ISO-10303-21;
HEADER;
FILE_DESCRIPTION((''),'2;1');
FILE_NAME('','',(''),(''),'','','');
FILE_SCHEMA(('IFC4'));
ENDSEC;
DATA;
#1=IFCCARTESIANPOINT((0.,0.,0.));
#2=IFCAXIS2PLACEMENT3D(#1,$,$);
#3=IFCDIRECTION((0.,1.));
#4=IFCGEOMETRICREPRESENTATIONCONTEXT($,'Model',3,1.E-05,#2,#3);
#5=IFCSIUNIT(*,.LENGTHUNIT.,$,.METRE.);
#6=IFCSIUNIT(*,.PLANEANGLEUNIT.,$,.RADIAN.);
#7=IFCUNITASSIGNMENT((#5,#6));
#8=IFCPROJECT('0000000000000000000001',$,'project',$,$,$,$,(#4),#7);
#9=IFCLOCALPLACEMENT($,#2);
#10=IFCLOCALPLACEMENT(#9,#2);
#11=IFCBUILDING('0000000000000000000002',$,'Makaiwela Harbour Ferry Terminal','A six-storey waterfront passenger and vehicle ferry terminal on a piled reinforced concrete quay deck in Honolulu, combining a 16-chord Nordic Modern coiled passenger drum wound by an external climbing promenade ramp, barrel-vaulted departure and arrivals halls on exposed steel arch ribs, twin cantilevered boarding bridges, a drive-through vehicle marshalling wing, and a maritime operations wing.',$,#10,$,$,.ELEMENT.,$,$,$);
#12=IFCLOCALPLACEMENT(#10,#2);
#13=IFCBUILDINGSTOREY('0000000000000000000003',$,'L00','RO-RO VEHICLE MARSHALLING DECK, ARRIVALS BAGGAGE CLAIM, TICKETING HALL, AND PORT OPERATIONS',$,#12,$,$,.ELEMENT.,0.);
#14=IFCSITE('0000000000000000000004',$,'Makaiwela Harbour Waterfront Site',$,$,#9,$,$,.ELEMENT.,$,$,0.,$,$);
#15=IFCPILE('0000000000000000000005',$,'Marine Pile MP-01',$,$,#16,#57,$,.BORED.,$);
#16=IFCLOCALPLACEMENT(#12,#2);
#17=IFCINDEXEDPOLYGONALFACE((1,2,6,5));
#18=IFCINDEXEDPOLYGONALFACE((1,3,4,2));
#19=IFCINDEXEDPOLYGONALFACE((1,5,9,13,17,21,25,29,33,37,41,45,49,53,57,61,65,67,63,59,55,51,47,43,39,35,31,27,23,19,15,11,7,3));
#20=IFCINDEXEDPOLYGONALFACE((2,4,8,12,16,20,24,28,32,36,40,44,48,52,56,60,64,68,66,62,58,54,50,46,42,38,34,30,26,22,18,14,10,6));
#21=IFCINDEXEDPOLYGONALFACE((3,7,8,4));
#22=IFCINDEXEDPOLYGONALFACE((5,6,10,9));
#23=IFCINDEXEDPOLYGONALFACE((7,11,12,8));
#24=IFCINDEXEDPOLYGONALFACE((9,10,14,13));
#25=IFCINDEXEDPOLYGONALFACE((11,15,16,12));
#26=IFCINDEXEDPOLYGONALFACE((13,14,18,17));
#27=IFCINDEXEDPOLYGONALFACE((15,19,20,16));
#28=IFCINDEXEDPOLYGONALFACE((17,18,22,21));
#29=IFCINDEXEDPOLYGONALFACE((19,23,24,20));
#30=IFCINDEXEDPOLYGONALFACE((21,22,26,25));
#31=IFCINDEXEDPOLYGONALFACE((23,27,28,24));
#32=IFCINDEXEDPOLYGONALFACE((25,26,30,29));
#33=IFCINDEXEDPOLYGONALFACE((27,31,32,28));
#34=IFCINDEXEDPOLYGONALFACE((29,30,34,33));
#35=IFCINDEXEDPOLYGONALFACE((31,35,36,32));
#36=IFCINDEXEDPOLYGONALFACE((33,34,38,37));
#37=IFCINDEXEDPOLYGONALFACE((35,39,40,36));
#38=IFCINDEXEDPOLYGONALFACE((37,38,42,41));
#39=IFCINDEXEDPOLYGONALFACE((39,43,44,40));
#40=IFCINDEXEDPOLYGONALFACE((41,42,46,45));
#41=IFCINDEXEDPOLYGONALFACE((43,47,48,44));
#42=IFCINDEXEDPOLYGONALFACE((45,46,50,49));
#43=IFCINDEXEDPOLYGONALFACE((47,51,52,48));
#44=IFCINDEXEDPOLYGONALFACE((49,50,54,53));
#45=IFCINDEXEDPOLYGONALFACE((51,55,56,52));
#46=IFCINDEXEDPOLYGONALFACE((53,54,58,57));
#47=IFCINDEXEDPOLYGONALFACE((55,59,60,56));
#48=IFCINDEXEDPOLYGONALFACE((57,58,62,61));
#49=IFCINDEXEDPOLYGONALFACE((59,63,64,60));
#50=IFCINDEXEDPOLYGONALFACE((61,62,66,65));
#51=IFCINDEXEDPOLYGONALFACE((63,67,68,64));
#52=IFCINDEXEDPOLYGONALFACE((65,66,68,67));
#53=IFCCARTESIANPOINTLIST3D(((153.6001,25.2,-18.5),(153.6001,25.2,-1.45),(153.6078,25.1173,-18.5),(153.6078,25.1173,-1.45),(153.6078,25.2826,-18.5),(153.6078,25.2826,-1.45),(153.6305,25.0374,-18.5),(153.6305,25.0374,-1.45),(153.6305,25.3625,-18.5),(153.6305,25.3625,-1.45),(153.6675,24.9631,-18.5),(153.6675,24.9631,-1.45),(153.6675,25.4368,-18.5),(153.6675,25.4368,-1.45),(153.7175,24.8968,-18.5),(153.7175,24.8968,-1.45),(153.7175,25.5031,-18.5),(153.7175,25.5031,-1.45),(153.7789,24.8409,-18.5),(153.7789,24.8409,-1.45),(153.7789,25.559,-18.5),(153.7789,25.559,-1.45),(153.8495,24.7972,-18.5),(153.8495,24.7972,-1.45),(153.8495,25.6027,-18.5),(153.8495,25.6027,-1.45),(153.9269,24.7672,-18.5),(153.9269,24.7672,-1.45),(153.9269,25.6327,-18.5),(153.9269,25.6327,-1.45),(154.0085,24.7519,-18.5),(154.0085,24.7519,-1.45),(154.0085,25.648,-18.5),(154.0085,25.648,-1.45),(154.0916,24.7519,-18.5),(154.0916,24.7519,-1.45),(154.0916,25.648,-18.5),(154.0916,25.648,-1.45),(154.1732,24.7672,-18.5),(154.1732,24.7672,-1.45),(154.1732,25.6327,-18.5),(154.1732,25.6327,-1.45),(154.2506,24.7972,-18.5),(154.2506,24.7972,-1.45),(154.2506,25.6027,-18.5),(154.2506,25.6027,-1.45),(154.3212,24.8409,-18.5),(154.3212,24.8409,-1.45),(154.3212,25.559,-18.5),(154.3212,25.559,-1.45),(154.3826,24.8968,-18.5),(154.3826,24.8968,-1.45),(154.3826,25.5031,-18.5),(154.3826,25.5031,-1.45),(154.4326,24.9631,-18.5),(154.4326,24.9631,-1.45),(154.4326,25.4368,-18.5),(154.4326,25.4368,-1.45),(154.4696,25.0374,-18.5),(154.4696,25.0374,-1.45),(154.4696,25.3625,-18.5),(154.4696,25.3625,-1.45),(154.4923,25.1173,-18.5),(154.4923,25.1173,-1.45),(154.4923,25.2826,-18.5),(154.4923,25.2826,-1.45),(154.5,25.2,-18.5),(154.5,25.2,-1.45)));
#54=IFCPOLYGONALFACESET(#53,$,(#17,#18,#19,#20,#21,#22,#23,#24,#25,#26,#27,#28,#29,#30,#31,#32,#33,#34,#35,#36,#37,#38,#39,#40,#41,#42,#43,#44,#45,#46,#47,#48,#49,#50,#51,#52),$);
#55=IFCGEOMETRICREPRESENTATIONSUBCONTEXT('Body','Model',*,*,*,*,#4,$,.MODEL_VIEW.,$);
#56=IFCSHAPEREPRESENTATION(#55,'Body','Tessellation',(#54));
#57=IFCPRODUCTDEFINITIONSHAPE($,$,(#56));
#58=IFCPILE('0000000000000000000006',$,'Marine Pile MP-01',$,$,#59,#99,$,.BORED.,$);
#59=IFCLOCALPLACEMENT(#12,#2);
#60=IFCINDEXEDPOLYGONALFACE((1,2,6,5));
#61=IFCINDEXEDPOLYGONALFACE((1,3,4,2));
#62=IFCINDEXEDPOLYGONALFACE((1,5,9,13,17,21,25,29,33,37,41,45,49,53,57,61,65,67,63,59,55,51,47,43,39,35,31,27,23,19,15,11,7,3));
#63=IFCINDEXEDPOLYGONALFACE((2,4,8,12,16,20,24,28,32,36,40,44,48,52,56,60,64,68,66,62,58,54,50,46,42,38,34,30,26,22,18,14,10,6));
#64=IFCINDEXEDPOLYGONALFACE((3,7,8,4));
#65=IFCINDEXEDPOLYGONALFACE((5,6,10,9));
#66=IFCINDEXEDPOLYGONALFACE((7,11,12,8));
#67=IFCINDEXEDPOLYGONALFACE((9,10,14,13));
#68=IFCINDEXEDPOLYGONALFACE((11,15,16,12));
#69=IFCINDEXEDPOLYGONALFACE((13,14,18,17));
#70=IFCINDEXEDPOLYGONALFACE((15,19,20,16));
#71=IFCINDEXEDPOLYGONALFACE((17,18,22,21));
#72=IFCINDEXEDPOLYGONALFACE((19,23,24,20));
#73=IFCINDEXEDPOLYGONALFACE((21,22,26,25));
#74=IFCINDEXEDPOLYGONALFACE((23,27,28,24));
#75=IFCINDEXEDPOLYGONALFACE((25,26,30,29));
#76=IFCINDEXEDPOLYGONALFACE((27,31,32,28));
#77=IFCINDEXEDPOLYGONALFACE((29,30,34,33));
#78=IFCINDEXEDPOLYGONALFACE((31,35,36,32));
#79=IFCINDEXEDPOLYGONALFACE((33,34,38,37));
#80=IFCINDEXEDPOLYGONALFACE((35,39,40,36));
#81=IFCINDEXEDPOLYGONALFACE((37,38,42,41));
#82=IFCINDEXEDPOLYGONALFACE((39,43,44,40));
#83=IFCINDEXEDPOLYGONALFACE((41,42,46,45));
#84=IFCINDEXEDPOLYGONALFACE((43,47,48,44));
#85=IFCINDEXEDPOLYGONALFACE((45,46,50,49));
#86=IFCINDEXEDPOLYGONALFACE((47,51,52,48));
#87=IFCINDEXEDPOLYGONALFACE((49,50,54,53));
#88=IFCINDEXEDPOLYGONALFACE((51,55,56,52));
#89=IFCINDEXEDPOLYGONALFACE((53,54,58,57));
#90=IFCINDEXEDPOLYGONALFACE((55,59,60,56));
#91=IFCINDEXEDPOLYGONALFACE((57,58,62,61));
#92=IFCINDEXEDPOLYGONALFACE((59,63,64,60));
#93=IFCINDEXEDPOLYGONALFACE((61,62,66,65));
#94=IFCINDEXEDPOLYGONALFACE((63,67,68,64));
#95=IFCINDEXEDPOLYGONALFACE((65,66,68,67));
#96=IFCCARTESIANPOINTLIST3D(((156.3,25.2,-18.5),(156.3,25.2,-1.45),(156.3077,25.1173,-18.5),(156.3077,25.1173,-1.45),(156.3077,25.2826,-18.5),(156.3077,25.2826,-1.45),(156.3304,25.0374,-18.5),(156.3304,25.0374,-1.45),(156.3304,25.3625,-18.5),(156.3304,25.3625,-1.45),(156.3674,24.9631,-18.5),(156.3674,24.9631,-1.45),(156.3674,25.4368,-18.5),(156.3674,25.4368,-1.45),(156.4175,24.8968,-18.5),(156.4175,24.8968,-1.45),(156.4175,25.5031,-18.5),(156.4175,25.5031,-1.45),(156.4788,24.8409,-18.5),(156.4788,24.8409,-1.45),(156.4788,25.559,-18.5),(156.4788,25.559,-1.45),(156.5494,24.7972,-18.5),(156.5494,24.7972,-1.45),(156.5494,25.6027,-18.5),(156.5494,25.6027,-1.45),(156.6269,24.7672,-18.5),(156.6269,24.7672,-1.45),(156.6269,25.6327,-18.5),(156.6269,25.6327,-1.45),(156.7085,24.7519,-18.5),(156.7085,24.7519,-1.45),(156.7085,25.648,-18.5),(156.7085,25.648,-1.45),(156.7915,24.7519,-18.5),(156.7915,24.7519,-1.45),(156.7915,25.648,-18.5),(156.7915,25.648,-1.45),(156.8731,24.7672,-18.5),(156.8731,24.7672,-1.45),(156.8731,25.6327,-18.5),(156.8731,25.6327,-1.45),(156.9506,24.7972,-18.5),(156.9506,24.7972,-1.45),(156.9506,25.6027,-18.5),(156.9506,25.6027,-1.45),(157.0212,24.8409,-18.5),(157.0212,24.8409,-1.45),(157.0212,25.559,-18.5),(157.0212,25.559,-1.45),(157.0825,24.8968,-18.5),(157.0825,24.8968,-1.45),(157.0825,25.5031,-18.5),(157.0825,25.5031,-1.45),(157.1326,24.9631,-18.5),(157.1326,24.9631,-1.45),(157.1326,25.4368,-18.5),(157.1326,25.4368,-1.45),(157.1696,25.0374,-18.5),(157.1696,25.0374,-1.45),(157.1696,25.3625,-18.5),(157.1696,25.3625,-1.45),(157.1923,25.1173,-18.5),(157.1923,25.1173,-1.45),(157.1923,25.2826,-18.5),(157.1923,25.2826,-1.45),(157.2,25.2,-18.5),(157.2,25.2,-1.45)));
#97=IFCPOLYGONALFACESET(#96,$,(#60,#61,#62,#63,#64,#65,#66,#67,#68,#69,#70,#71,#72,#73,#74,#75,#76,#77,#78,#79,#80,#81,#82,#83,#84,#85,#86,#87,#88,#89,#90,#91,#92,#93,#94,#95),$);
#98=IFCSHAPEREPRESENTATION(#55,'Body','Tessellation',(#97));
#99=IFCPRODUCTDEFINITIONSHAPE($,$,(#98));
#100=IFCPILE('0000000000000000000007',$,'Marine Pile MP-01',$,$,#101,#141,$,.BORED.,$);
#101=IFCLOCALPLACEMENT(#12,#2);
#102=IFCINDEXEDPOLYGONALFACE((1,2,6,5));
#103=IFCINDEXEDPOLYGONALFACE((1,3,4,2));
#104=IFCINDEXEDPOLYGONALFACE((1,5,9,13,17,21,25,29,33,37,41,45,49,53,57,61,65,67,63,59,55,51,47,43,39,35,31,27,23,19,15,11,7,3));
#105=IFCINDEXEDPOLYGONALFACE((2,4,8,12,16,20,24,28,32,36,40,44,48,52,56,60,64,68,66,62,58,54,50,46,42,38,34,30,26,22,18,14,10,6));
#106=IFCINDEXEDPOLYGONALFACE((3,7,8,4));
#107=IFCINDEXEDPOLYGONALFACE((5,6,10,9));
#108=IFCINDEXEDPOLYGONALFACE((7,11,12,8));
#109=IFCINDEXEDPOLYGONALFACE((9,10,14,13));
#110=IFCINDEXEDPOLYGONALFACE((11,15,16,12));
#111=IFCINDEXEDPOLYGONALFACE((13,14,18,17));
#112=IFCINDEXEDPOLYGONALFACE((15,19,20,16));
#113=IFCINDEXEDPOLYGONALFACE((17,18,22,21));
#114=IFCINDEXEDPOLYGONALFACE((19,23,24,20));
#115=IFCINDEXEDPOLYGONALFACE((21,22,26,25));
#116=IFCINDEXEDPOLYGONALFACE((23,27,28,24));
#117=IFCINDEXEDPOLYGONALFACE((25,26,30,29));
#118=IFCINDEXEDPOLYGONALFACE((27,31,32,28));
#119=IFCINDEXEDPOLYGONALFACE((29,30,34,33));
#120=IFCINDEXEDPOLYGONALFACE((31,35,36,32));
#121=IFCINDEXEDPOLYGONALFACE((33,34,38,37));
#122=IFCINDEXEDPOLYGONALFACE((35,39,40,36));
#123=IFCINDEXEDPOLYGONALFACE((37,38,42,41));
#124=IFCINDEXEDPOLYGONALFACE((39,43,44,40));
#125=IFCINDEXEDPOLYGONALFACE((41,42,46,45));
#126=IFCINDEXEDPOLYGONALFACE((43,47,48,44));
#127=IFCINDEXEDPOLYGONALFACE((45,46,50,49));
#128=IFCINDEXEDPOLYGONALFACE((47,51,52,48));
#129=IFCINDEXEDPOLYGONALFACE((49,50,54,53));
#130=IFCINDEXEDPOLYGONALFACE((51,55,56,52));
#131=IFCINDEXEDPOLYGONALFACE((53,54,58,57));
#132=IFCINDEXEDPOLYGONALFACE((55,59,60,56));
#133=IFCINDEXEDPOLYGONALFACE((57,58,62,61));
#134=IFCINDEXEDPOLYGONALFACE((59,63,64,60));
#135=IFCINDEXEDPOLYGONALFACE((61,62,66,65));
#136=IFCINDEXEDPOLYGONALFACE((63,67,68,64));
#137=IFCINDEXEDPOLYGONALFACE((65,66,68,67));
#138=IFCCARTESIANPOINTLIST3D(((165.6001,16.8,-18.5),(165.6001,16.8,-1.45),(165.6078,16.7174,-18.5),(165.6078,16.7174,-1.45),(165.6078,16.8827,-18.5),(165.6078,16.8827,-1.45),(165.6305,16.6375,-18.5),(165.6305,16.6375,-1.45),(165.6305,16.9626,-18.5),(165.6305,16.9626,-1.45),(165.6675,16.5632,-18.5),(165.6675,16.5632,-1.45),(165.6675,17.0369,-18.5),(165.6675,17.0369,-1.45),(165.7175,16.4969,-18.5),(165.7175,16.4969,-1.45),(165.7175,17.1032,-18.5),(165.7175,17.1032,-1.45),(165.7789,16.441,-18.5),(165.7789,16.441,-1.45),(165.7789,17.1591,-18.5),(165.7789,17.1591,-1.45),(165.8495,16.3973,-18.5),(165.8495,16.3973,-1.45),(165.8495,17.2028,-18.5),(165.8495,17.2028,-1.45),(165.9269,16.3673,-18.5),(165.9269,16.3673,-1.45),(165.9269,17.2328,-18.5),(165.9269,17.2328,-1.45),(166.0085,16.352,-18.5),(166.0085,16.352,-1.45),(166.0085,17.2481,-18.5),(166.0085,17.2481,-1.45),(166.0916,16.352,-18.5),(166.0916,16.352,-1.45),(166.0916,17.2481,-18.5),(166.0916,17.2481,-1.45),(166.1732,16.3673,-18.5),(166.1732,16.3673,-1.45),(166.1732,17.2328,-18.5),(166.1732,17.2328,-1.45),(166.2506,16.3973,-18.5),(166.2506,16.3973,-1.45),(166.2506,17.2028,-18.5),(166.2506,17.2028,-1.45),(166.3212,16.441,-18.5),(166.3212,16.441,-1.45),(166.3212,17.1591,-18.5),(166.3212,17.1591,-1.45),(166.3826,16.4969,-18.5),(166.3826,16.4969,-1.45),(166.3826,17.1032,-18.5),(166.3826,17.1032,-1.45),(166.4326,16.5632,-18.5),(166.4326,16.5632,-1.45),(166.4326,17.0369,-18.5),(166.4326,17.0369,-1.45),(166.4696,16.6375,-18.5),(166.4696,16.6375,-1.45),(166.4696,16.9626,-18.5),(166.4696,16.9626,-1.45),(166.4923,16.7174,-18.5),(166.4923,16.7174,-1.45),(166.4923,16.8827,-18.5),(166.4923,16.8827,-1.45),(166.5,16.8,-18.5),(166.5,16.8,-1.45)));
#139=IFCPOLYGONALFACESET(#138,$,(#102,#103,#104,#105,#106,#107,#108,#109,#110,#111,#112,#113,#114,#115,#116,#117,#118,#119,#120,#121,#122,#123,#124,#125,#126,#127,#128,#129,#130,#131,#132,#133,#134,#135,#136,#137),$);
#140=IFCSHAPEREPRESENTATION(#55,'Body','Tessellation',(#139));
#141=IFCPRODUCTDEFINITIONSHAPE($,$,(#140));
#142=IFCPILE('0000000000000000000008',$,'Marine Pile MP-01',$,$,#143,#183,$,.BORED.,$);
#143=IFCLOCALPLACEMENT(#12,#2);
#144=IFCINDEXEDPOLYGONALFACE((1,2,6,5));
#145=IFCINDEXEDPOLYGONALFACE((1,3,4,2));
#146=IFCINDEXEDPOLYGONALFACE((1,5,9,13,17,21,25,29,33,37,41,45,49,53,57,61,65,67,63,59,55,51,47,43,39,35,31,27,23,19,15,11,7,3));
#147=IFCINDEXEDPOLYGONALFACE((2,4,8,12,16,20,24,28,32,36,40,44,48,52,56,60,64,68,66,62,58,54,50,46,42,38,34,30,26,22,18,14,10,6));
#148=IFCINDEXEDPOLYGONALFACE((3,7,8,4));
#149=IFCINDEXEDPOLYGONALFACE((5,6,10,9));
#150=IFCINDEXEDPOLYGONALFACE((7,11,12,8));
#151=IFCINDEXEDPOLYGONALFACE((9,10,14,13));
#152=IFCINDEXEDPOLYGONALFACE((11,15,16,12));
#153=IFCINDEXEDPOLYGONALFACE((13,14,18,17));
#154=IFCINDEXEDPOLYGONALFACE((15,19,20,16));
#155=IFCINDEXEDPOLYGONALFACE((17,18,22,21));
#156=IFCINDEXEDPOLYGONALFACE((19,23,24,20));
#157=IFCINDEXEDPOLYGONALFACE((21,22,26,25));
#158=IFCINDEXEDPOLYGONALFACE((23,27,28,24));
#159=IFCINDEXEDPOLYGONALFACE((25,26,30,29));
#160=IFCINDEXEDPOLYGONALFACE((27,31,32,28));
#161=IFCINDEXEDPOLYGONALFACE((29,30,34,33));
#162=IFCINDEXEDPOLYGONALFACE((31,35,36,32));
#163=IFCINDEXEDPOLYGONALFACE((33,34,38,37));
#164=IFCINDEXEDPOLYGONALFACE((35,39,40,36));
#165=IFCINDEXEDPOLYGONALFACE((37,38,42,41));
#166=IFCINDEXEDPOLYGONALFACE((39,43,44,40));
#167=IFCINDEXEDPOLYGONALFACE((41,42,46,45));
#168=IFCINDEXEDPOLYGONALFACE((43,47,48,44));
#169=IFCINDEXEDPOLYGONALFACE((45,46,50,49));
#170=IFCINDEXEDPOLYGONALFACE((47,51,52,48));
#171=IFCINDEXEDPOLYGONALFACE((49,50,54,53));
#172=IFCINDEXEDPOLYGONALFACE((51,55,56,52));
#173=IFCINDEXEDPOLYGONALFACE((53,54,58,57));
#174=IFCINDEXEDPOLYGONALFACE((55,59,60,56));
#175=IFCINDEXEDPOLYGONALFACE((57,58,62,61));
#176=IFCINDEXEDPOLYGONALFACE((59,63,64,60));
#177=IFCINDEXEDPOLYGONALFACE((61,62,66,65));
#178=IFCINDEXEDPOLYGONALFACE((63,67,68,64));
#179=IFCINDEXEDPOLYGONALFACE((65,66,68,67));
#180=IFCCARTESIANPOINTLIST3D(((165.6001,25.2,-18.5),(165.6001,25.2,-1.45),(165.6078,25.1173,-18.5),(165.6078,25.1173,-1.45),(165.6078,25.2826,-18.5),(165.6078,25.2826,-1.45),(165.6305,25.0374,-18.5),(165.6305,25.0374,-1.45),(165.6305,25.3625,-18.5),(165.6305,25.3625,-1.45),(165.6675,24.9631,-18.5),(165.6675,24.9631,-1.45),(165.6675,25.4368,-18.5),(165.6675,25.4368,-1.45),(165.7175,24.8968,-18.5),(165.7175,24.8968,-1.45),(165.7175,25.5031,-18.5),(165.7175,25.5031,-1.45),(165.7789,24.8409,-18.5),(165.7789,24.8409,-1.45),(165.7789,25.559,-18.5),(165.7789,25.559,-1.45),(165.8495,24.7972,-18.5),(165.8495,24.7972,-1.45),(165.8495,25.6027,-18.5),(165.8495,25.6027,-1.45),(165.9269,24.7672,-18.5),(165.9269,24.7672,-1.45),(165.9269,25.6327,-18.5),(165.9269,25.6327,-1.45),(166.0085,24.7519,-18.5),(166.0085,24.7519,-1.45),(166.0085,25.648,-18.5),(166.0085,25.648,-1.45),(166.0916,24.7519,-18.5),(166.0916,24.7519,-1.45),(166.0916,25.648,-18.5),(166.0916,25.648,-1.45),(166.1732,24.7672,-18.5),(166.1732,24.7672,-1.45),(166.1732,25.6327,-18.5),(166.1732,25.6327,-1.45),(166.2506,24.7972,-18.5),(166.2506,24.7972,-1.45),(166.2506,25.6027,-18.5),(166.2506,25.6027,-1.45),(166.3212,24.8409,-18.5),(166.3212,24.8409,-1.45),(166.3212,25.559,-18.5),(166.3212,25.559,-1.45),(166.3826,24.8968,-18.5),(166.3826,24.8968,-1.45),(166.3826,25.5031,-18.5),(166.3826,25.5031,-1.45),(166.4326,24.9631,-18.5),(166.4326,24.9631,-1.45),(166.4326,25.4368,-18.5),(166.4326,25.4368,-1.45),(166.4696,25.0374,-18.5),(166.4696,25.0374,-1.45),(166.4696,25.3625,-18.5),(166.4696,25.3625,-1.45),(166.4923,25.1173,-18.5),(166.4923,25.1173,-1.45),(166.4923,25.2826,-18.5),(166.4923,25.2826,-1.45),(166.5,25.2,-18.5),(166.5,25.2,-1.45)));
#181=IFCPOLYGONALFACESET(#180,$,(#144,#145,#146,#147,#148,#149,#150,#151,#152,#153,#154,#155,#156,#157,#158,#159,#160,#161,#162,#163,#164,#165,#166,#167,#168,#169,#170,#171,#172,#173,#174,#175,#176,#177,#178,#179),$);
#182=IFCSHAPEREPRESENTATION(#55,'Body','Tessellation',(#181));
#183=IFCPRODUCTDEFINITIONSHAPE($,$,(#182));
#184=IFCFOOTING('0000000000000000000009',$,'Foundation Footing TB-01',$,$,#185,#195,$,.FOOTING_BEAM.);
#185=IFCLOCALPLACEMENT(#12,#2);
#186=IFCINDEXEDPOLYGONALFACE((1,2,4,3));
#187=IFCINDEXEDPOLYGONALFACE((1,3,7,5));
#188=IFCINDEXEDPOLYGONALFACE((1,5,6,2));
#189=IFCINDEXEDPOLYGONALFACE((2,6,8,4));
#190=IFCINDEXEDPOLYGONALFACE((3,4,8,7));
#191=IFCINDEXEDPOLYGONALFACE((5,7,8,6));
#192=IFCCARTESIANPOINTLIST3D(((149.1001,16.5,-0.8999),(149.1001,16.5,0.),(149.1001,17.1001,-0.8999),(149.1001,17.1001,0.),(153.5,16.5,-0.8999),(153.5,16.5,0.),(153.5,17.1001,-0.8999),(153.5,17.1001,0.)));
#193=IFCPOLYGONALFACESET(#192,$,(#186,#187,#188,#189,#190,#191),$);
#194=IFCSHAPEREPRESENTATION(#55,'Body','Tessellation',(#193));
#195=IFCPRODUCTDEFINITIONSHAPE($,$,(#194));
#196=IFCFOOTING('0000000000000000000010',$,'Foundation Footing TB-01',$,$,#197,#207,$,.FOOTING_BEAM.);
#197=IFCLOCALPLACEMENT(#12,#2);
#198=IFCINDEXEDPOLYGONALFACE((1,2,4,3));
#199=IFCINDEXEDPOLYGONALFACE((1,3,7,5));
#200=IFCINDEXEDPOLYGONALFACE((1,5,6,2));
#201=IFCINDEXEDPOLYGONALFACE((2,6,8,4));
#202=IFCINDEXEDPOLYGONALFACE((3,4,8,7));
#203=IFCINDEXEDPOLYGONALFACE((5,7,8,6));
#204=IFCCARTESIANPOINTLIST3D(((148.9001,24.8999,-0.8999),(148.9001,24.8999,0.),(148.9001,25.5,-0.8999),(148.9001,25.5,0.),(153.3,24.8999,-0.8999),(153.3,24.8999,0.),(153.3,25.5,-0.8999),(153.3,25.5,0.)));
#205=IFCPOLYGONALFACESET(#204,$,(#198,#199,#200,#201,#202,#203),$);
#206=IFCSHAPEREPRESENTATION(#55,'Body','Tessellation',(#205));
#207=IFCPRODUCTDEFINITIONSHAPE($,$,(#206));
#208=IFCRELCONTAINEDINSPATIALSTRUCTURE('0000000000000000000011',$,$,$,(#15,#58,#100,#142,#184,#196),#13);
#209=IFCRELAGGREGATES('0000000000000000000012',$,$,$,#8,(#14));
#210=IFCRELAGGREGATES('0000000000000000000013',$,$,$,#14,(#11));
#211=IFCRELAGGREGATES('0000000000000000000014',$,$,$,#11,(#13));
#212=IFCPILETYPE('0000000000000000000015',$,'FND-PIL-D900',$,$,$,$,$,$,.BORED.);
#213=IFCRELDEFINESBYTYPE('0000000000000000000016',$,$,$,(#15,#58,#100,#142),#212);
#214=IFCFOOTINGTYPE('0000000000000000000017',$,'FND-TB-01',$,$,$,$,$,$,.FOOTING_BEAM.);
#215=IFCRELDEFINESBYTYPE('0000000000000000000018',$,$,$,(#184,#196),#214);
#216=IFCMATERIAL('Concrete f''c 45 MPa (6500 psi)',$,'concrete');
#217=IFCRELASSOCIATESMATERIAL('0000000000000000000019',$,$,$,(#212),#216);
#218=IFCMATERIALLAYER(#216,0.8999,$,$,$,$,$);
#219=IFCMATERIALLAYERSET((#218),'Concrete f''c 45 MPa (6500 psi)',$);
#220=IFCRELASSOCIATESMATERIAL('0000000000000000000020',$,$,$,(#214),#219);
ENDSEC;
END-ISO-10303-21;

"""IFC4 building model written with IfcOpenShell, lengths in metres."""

from ifc_helpers import new_model, si_unit, direction, frame, origin, origin_2d, place, context, subcontext, project, spatial, rectangle, circle, extrude, material, layer, layer_set, material_profile, profile_set, type_object, element, save


model = new_model("IFC4")

# Units and contexts
model_context = context("Model", 3, precision=1e-05, world=origin(), true_north=direction((0.0, 1.0)))
body_context = subcontext(model_context, "Body", "Model", "MODEL_VIEW")
ifc_project = project(units=[si_unit("LENGTHUNIT", "METRE"), si_unit("PLANEANGLEUNIT", "RADIAN")], contexts=[model_context])

# Site, building, storey
site_placement = place(None, origin())
site = spatial("IfcSite", under=ifc_project, at=site_placement, Name="Makaiwela Harbour Waterfront Site", CompositionType="ELEMENT", RefElevation=0.0)
building_placement = place(site_placement, origin())
building = spatial("IfcBuilding", under=site, at=building_placement, Name="Makaiwela Harbour Ferry Terminal", Description="A six-storey waterfront passenger and vehicle ferry terminal on a piled reinforced concrete quay deck in Honolulu, combining a 16-chord Nordic Modern coiled passenger drum wound by an external climbing promenade ramp, barrel-vaulted departure and arrivals halls on exposed steel arch ribs, twin cantilevered boarding bridges, a drive-through vehicle marshalling wing, and a maritime operations wing.", CompositionType="ELEMENT")
storey_placement = place(building_placement, origin())
storey = spatial("IfcBuildingStorey", under=building, at=storey_placement, Name="L00", Description="RO-RO VEHICLE MARSHALLING DECK, ARRIVALS BAGGAGE CLAIM, TICKETING HALL, AND PORT OPERATIONS", CompositionType="ELEMENT", Elevation=0.0)

# Shared definitions
ifc_material_1 = material(Name="Concrete f'c 45 MPa (6500 psi)", Category="concrete")

# Piles
ifc_material_profile_1 = material_profile(ifc_material_1, circle(Radius=0.45, at=origin_2d()), Name="PILE-D900")
ifc_profile_set_1 = profile_set([ifc_material_profile_1], Name="Concrete f'c 45 MPa (6500 psi)")
pile_type_1 = type_object("IfcPileType", Name="FND-PIL-D900", PredefinedType="BORED", material=ifc_profile_set_1)
for number, where, z_axis, x_axis, name in (
    (1, (154.05, 25.2, -1.45), (0.0, 0.0, -1.0), (1.0, 0.0, 0.0), "Marine Pile MP-01"),
    (2, (156.75, 25.2, -1.45), (0.0, 0.0, -1.0), (1.0, 0.0, 0.0), "Marine Pile MP-01"),
    (3, (166.05, 16.8, -1.45), (0.0, 0.0, -1.0), (1.0, 0.0, 0.0), "Marine Pile MP-01"),
    (4, (166.05, 25.2, -1.45), (0.0, 0.0, -1.0), (1.0, 0.0, 0.0), "Marine Pile MP-01"),
):
    element("IfcPile", number, at=place(storey_placement, frame(where, z_axis=z_axis, x_axis=x_axis)), inside=storey, type_object=pile_type_1, Name=name, PredefinedType="BORED", context=body_context, shape_type="SweptSolid", body=[
        extrude(circle(Radius=0.45, at=origin_2d()), origin(), (0.0, 0.0, 1.0), 17.05),
    ])

# Footings
ifc_layer_1 = layer(ifc_material_1, 0.8999)
ifc_layer_set_1 = layer_set([ifc_layer_1], Name="Concrete f'c 45 MPa (6500 psi)")
footing_type_1 = type_object("IfcFootingType", Name="FND-TB-01", PredefinedType="FOOTING_BEAM", material=ifc_layer_set_1)
for number, where, z_axis, x_axis, name in (
    (5, (151.3, 16.8, -0.8999), (0.0, 0.0, 1.0), (1.0, 0.0, 0.0), "Foundation Footing TB-01"),
    (6, (151.1001, 25.2, -0.8999), (0.0, 0.0, 1.0), (1.0, 0.0, 0.0), "Foundation Footing TB-01"),
):
    element("IfcFooting", number, at=place(storey_placement, frame(where, z_axis=z_axis, x_axis=x_axis)), inside=storey, type_object=footing_type_1, Name=name, PredefinedType="FOOTING_BEAM", context=body_context, shape_type="SweptSolid", body=[
        extrude(rectangle(XDim=4.3999, YDim=0.6001, at=origin_2d()), origin(), (0.0, 0.0, 1.0), 0.8999),
    ])

save(model, "model.ifc")
